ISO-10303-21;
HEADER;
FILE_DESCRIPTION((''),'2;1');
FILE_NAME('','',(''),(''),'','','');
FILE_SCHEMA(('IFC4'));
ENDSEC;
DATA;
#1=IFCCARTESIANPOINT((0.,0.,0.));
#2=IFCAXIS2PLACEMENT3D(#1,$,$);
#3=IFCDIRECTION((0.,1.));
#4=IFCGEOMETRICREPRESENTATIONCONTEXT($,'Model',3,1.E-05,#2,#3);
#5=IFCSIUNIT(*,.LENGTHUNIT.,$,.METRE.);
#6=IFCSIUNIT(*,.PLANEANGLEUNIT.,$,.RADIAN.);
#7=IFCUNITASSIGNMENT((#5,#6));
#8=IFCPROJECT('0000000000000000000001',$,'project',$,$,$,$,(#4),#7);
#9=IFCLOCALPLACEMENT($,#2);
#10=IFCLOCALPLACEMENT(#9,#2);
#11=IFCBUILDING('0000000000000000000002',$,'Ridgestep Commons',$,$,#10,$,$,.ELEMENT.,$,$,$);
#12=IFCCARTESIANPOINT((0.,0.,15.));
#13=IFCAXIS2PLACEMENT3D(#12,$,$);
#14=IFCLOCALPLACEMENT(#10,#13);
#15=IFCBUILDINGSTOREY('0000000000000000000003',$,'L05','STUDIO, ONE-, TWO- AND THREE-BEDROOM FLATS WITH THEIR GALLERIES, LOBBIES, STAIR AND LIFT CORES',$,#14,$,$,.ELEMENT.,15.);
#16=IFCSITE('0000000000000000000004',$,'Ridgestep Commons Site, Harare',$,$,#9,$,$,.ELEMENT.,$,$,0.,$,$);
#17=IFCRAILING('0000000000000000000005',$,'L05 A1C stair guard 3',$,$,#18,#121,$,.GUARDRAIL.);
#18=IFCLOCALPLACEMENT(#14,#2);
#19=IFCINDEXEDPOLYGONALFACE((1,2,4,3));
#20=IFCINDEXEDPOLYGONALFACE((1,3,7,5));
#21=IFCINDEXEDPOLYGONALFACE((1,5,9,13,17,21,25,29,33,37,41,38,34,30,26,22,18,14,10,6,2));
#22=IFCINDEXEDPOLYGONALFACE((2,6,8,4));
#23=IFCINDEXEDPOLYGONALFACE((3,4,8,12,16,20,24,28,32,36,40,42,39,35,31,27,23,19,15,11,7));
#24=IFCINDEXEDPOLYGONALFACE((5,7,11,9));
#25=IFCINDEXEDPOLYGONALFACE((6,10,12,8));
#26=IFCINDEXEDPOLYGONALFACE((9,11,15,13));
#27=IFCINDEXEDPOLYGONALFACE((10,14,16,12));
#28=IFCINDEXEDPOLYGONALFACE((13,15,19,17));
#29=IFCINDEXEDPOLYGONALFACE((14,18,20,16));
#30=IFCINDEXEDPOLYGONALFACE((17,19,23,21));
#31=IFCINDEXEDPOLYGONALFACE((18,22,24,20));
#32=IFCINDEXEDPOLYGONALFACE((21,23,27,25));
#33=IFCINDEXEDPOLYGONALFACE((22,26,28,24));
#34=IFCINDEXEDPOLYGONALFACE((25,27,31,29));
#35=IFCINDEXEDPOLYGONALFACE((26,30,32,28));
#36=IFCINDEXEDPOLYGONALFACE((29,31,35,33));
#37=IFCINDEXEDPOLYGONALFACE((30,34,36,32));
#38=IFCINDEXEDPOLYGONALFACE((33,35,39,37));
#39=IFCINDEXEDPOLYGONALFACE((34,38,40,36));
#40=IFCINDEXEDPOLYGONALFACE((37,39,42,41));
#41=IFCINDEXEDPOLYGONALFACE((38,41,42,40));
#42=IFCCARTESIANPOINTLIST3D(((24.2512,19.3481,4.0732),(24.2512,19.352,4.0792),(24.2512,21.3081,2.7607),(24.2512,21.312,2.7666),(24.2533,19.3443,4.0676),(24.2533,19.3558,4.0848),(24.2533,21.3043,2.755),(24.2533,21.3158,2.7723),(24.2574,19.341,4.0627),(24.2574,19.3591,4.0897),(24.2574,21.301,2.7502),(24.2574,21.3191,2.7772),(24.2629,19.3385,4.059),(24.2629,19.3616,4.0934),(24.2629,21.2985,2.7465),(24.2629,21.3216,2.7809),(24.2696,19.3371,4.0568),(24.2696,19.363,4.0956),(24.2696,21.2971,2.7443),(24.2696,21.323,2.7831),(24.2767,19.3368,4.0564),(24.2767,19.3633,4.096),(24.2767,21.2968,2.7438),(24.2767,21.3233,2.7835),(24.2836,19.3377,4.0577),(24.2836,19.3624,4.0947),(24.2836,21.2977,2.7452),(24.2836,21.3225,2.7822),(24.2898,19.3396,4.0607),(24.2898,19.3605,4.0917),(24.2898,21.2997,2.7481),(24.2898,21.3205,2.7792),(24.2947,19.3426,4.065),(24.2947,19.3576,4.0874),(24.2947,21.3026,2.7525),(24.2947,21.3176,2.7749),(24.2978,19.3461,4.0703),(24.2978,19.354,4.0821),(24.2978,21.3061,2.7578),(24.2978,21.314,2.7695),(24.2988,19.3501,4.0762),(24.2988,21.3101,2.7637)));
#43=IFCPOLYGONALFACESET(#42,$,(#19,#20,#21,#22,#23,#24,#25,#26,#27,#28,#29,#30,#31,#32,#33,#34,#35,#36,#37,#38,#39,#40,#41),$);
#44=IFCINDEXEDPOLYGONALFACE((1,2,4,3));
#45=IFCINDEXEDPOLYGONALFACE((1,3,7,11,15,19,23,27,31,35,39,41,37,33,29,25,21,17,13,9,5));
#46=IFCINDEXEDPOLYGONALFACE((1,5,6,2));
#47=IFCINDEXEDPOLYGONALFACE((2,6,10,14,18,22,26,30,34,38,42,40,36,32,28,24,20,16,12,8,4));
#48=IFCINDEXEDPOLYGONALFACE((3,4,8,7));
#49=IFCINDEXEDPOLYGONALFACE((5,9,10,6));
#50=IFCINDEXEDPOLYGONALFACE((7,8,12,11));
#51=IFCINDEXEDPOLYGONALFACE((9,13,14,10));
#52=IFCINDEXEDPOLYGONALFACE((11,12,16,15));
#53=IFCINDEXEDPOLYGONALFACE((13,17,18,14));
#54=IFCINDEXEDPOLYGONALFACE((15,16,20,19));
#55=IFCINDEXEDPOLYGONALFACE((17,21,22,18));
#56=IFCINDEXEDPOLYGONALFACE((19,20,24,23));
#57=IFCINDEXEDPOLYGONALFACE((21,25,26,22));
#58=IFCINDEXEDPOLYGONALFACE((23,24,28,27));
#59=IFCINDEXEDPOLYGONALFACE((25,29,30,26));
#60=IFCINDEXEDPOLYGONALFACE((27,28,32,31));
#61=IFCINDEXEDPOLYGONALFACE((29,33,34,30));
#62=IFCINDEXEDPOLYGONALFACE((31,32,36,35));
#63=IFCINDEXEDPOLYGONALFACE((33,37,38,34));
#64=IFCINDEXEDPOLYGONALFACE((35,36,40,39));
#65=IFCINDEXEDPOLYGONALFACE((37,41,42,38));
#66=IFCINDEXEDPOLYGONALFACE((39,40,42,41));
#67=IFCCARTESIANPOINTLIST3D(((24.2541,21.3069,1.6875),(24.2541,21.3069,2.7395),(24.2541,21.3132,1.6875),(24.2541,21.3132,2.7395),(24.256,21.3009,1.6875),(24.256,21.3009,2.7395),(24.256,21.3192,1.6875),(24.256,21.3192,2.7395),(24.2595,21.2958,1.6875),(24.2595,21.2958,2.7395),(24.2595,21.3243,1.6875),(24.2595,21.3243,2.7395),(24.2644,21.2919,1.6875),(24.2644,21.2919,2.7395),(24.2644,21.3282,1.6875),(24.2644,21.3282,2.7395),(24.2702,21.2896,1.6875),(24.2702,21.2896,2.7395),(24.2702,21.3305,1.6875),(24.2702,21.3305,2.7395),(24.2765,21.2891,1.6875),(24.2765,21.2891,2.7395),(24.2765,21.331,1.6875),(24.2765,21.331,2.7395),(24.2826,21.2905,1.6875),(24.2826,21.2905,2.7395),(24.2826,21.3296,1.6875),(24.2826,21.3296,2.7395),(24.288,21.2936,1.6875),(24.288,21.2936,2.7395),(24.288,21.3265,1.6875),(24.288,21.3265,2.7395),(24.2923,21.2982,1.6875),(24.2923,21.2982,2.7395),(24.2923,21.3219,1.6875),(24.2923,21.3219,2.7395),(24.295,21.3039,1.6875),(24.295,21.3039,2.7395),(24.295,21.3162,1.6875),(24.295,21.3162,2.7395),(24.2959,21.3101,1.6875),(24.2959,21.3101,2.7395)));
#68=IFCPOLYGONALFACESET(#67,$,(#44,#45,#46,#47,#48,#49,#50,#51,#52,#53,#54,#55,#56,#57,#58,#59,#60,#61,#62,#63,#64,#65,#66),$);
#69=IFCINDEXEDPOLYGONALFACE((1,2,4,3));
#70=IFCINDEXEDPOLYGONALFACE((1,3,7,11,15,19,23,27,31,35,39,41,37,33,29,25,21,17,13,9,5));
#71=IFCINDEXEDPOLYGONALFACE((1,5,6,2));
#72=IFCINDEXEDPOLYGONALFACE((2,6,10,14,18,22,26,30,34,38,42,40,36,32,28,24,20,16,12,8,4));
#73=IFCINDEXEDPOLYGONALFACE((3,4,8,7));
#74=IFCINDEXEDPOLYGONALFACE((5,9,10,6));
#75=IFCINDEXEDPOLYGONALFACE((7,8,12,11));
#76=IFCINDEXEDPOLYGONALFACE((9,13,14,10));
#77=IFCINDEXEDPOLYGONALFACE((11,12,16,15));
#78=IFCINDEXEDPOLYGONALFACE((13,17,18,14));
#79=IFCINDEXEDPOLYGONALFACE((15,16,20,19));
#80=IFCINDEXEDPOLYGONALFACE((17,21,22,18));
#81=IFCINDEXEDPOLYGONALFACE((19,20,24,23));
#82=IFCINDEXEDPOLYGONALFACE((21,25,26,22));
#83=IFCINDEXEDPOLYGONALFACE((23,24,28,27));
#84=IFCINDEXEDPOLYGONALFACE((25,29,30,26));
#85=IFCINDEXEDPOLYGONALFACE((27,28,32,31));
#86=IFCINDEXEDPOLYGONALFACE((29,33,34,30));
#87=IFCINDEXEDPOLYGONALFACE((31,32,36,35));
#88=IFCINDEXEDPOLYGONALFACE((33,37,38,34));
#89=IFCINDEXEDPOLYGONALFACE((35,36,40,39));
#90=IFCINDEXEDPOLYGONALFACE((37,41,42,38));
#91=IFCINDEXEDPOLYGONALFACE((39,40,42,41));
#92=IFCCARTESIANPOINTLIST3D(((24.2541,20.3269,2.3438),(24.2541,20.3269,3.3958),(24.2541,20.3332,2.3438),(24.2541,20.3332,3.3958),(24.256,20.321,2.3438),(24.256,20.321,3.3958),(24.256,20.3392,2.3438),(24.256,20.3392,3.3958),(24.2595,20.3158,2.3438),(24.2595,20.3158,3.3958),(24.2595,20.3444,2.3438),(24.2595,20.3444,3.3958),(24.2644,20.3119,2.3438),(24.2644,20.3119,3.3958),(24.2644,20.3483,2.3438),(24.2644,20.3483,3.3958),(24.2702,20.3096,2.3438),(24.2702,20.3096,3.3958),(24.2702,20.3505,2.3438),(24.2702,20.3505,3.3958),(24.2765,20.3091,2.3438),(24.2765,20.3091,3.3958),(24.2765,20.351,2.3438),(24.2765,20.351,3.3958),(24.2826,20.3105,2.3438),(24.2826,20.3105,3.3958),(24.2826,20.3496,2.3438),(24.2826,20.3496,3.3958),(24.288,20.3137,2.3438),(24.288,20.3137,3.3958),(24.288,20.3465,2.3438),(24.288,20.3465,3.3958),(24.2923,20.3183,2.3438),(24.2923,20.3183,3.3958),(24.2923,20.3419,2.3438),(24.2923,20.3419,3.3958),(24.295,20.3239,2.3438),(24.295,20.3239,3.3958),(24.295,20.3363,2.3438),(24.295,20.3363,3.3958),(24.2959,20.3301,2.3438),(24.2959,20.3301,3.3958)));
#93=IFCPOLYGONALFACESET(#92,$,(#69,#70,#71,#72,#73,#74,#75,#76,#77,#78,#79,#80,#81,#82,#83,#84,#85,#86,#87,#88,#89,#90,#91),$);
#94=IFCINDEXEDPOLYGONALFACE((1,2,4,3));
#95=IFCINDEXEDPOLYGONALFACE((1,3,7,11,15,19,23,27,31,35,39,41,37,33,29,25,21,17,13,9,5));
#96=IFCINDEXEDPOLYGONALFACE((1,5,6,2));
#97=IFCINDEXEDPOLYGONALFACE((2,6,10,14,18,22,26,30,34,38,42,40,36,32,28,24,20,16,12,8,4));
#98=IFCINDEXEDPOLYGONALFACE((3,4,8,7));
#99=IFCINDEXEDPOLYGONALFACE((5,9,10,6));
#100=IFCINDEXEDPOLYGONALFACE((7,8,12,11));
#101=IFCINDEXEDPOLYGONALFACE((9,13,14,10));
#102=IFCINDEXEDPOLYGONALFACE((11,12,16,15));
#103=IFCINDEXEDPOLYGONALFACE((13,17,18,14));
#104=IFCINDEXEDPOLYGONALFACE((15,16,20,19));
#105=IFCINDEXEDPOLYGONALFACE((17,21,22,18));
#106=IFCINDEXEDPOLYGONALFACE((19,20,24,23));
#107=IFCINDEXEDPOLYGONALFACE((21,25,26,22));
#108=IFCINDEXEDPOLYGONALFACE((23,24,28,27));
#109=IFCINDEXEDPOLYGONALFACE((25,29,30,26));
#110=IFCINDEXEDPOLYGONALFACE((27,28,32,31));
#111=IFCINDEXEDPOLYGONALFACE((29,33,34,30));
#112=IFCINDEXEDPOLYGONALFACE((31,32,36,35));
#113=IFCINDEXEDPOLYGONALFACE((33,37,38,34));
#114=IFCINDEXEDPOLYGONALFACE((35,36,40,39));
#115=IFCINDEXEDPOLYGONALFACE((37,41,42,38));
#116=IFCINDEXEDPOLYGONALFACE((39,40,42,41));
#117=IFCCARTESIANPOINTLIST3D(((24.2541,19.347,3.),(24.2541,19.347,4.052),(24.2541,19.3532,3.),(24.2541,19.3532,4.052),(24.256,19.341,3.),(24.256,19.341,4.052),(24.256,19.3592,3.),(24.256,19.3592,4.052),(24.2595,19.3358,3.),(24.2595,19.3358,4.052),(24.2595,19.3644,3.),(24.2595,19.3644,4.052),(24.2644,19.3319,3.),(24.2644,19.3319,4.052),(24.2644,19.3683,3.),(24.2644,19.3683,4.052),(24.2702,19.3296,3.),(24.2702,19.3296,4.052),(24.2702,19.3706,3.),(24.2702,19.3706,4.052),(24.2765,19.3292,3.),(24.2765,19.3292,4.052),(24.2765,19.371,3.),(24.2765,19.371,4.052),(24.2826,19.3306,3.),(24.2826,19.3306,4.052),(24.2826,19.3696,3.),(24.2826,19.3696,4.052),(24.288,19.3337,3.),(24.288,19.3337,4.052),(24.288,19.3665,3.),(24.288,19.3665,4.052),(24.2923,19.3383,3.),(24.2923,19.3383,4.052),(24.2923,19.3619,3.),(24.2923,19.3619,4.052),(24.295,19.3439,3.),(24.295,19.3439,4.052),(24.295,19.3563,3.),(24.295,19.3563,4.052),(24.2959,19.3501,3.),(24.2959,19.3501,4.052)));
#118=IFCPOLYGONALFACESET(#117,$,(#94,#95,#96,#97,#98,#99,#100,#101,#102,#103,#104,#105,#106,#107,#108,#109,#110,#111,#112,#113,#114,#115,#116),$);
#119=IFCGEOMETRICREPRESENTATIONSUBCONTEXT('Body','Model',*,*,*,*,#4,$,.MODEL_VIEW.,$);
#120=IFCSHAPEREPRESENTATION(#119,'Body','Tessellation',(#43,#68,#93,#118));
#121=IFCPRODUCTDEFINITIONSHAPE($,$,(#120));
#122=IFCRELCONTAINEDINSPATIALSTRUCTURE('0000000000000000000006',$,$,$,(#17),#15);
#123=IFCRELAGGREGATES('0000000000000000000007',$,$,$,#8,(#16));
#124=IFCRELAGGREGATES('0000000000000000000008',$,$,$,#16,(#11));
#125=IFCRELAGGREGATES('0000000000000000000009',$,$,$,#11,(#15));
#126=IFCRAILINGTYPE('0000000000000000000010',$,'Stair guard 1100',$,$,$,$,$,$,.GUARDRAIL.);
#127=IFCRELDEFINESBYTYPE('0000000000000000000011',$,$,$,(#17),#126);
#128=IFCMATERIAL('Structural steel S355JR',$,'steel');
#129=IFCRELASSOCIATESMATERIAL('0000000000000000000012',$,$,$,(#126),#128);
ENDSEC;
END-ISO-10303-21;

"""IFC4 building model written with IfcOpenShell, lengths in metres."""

from ifc_helpers import new_model, si_unit, direction, frame, origin, origin_2d, place, context, subcontext, project, spatial, circle, extrude, material, type_object, element, save


model = new_model("IFC4")

# Units and contexts
model_context = context("Model", 3, precision=1e-05, world=origin(), true_north=direction((0.0, 1.0)))
body_context = subcontext(model_context, "Body", "Model", "MODEL_VIEW")
ifc_project = project(units=[si_unit("LENGTHUNIT", "METRE"), si_unit("PLANEANGLEUNIT", "RADIAN")], contexts=[model_context])

# Site, building, storey
site_placement = place(None, origin())
site = spatial("IfcSite", under=ifc_project, at=site_placement, Name="Ridgestep Commons Site, Harare", CompositionType="ELEMENT", RefElevation=0.0)
building_placement = place(site_placement, origin())
building = spatial("IfcBuilding", under=site, at=building_placement, Name="Ridgestep Commons", CompositionType="ELEMENT")
storey_placement = place(building_placement, frame((0.0, 0.0, 15.0)))
storey = spatial("IfcBuildingStorey", under=building, at=storey_placement, Name="L05", Description="STUDIO, ONE-, TWO- AND THREE-BEDROOM FLATS WITH THEIR GALLERIES, LOBBIES, STAIR AND LIFT CORES", CompositionType="ELEMENT", Elevation=15.0)

# Railing
ifc_material_1 = material(Name="Structural steel S355JR", Category="steel")
railing_type_1 = type_object("IfcRailingType", Name="Stair guard 1100", PredefinedType="GUARDRAIL", material=ifc_material_1)
railing_1_placement = place(storey_placement, frame((24.2749, 21.3101, 1.6875)))
element("IfcRailing", 1, at=railing_1_placement, inside=storey, type_object=railing_type_1, Name="L05 A1C stair guard 3", PredefinedType="GUARDRAIL", context=body_context, shape_type="SweptSolid", body=[
    extrude(circle(Radius=0.0239, at=origin_2d()), frame((0.0, 0.0, 1.0762), z_axis=(0.0, -0.830902, 0.556419), x_axis=(1.0, 0.0, 0.0)), (0.0, 0.0, 1.0), 2.3589),
    extrude(circle(Radius=0.021, at=origin_2d()), origin(), (0.0, 0.0, 1.0), 1.052),
    extrude(circle(Radius=0.021, at=origin_2d()), frame((0.0, -0.98, 0.6562)), (0.0, 0.0, 1.0), 1.052),
    extrude(circle(Radius=0.021, at=origin_2d()), frame((0.0, -1.96, 1.3125)), (0.0, 0.0, 1.0), 1.052),
])

save(model, "model.ifc")
